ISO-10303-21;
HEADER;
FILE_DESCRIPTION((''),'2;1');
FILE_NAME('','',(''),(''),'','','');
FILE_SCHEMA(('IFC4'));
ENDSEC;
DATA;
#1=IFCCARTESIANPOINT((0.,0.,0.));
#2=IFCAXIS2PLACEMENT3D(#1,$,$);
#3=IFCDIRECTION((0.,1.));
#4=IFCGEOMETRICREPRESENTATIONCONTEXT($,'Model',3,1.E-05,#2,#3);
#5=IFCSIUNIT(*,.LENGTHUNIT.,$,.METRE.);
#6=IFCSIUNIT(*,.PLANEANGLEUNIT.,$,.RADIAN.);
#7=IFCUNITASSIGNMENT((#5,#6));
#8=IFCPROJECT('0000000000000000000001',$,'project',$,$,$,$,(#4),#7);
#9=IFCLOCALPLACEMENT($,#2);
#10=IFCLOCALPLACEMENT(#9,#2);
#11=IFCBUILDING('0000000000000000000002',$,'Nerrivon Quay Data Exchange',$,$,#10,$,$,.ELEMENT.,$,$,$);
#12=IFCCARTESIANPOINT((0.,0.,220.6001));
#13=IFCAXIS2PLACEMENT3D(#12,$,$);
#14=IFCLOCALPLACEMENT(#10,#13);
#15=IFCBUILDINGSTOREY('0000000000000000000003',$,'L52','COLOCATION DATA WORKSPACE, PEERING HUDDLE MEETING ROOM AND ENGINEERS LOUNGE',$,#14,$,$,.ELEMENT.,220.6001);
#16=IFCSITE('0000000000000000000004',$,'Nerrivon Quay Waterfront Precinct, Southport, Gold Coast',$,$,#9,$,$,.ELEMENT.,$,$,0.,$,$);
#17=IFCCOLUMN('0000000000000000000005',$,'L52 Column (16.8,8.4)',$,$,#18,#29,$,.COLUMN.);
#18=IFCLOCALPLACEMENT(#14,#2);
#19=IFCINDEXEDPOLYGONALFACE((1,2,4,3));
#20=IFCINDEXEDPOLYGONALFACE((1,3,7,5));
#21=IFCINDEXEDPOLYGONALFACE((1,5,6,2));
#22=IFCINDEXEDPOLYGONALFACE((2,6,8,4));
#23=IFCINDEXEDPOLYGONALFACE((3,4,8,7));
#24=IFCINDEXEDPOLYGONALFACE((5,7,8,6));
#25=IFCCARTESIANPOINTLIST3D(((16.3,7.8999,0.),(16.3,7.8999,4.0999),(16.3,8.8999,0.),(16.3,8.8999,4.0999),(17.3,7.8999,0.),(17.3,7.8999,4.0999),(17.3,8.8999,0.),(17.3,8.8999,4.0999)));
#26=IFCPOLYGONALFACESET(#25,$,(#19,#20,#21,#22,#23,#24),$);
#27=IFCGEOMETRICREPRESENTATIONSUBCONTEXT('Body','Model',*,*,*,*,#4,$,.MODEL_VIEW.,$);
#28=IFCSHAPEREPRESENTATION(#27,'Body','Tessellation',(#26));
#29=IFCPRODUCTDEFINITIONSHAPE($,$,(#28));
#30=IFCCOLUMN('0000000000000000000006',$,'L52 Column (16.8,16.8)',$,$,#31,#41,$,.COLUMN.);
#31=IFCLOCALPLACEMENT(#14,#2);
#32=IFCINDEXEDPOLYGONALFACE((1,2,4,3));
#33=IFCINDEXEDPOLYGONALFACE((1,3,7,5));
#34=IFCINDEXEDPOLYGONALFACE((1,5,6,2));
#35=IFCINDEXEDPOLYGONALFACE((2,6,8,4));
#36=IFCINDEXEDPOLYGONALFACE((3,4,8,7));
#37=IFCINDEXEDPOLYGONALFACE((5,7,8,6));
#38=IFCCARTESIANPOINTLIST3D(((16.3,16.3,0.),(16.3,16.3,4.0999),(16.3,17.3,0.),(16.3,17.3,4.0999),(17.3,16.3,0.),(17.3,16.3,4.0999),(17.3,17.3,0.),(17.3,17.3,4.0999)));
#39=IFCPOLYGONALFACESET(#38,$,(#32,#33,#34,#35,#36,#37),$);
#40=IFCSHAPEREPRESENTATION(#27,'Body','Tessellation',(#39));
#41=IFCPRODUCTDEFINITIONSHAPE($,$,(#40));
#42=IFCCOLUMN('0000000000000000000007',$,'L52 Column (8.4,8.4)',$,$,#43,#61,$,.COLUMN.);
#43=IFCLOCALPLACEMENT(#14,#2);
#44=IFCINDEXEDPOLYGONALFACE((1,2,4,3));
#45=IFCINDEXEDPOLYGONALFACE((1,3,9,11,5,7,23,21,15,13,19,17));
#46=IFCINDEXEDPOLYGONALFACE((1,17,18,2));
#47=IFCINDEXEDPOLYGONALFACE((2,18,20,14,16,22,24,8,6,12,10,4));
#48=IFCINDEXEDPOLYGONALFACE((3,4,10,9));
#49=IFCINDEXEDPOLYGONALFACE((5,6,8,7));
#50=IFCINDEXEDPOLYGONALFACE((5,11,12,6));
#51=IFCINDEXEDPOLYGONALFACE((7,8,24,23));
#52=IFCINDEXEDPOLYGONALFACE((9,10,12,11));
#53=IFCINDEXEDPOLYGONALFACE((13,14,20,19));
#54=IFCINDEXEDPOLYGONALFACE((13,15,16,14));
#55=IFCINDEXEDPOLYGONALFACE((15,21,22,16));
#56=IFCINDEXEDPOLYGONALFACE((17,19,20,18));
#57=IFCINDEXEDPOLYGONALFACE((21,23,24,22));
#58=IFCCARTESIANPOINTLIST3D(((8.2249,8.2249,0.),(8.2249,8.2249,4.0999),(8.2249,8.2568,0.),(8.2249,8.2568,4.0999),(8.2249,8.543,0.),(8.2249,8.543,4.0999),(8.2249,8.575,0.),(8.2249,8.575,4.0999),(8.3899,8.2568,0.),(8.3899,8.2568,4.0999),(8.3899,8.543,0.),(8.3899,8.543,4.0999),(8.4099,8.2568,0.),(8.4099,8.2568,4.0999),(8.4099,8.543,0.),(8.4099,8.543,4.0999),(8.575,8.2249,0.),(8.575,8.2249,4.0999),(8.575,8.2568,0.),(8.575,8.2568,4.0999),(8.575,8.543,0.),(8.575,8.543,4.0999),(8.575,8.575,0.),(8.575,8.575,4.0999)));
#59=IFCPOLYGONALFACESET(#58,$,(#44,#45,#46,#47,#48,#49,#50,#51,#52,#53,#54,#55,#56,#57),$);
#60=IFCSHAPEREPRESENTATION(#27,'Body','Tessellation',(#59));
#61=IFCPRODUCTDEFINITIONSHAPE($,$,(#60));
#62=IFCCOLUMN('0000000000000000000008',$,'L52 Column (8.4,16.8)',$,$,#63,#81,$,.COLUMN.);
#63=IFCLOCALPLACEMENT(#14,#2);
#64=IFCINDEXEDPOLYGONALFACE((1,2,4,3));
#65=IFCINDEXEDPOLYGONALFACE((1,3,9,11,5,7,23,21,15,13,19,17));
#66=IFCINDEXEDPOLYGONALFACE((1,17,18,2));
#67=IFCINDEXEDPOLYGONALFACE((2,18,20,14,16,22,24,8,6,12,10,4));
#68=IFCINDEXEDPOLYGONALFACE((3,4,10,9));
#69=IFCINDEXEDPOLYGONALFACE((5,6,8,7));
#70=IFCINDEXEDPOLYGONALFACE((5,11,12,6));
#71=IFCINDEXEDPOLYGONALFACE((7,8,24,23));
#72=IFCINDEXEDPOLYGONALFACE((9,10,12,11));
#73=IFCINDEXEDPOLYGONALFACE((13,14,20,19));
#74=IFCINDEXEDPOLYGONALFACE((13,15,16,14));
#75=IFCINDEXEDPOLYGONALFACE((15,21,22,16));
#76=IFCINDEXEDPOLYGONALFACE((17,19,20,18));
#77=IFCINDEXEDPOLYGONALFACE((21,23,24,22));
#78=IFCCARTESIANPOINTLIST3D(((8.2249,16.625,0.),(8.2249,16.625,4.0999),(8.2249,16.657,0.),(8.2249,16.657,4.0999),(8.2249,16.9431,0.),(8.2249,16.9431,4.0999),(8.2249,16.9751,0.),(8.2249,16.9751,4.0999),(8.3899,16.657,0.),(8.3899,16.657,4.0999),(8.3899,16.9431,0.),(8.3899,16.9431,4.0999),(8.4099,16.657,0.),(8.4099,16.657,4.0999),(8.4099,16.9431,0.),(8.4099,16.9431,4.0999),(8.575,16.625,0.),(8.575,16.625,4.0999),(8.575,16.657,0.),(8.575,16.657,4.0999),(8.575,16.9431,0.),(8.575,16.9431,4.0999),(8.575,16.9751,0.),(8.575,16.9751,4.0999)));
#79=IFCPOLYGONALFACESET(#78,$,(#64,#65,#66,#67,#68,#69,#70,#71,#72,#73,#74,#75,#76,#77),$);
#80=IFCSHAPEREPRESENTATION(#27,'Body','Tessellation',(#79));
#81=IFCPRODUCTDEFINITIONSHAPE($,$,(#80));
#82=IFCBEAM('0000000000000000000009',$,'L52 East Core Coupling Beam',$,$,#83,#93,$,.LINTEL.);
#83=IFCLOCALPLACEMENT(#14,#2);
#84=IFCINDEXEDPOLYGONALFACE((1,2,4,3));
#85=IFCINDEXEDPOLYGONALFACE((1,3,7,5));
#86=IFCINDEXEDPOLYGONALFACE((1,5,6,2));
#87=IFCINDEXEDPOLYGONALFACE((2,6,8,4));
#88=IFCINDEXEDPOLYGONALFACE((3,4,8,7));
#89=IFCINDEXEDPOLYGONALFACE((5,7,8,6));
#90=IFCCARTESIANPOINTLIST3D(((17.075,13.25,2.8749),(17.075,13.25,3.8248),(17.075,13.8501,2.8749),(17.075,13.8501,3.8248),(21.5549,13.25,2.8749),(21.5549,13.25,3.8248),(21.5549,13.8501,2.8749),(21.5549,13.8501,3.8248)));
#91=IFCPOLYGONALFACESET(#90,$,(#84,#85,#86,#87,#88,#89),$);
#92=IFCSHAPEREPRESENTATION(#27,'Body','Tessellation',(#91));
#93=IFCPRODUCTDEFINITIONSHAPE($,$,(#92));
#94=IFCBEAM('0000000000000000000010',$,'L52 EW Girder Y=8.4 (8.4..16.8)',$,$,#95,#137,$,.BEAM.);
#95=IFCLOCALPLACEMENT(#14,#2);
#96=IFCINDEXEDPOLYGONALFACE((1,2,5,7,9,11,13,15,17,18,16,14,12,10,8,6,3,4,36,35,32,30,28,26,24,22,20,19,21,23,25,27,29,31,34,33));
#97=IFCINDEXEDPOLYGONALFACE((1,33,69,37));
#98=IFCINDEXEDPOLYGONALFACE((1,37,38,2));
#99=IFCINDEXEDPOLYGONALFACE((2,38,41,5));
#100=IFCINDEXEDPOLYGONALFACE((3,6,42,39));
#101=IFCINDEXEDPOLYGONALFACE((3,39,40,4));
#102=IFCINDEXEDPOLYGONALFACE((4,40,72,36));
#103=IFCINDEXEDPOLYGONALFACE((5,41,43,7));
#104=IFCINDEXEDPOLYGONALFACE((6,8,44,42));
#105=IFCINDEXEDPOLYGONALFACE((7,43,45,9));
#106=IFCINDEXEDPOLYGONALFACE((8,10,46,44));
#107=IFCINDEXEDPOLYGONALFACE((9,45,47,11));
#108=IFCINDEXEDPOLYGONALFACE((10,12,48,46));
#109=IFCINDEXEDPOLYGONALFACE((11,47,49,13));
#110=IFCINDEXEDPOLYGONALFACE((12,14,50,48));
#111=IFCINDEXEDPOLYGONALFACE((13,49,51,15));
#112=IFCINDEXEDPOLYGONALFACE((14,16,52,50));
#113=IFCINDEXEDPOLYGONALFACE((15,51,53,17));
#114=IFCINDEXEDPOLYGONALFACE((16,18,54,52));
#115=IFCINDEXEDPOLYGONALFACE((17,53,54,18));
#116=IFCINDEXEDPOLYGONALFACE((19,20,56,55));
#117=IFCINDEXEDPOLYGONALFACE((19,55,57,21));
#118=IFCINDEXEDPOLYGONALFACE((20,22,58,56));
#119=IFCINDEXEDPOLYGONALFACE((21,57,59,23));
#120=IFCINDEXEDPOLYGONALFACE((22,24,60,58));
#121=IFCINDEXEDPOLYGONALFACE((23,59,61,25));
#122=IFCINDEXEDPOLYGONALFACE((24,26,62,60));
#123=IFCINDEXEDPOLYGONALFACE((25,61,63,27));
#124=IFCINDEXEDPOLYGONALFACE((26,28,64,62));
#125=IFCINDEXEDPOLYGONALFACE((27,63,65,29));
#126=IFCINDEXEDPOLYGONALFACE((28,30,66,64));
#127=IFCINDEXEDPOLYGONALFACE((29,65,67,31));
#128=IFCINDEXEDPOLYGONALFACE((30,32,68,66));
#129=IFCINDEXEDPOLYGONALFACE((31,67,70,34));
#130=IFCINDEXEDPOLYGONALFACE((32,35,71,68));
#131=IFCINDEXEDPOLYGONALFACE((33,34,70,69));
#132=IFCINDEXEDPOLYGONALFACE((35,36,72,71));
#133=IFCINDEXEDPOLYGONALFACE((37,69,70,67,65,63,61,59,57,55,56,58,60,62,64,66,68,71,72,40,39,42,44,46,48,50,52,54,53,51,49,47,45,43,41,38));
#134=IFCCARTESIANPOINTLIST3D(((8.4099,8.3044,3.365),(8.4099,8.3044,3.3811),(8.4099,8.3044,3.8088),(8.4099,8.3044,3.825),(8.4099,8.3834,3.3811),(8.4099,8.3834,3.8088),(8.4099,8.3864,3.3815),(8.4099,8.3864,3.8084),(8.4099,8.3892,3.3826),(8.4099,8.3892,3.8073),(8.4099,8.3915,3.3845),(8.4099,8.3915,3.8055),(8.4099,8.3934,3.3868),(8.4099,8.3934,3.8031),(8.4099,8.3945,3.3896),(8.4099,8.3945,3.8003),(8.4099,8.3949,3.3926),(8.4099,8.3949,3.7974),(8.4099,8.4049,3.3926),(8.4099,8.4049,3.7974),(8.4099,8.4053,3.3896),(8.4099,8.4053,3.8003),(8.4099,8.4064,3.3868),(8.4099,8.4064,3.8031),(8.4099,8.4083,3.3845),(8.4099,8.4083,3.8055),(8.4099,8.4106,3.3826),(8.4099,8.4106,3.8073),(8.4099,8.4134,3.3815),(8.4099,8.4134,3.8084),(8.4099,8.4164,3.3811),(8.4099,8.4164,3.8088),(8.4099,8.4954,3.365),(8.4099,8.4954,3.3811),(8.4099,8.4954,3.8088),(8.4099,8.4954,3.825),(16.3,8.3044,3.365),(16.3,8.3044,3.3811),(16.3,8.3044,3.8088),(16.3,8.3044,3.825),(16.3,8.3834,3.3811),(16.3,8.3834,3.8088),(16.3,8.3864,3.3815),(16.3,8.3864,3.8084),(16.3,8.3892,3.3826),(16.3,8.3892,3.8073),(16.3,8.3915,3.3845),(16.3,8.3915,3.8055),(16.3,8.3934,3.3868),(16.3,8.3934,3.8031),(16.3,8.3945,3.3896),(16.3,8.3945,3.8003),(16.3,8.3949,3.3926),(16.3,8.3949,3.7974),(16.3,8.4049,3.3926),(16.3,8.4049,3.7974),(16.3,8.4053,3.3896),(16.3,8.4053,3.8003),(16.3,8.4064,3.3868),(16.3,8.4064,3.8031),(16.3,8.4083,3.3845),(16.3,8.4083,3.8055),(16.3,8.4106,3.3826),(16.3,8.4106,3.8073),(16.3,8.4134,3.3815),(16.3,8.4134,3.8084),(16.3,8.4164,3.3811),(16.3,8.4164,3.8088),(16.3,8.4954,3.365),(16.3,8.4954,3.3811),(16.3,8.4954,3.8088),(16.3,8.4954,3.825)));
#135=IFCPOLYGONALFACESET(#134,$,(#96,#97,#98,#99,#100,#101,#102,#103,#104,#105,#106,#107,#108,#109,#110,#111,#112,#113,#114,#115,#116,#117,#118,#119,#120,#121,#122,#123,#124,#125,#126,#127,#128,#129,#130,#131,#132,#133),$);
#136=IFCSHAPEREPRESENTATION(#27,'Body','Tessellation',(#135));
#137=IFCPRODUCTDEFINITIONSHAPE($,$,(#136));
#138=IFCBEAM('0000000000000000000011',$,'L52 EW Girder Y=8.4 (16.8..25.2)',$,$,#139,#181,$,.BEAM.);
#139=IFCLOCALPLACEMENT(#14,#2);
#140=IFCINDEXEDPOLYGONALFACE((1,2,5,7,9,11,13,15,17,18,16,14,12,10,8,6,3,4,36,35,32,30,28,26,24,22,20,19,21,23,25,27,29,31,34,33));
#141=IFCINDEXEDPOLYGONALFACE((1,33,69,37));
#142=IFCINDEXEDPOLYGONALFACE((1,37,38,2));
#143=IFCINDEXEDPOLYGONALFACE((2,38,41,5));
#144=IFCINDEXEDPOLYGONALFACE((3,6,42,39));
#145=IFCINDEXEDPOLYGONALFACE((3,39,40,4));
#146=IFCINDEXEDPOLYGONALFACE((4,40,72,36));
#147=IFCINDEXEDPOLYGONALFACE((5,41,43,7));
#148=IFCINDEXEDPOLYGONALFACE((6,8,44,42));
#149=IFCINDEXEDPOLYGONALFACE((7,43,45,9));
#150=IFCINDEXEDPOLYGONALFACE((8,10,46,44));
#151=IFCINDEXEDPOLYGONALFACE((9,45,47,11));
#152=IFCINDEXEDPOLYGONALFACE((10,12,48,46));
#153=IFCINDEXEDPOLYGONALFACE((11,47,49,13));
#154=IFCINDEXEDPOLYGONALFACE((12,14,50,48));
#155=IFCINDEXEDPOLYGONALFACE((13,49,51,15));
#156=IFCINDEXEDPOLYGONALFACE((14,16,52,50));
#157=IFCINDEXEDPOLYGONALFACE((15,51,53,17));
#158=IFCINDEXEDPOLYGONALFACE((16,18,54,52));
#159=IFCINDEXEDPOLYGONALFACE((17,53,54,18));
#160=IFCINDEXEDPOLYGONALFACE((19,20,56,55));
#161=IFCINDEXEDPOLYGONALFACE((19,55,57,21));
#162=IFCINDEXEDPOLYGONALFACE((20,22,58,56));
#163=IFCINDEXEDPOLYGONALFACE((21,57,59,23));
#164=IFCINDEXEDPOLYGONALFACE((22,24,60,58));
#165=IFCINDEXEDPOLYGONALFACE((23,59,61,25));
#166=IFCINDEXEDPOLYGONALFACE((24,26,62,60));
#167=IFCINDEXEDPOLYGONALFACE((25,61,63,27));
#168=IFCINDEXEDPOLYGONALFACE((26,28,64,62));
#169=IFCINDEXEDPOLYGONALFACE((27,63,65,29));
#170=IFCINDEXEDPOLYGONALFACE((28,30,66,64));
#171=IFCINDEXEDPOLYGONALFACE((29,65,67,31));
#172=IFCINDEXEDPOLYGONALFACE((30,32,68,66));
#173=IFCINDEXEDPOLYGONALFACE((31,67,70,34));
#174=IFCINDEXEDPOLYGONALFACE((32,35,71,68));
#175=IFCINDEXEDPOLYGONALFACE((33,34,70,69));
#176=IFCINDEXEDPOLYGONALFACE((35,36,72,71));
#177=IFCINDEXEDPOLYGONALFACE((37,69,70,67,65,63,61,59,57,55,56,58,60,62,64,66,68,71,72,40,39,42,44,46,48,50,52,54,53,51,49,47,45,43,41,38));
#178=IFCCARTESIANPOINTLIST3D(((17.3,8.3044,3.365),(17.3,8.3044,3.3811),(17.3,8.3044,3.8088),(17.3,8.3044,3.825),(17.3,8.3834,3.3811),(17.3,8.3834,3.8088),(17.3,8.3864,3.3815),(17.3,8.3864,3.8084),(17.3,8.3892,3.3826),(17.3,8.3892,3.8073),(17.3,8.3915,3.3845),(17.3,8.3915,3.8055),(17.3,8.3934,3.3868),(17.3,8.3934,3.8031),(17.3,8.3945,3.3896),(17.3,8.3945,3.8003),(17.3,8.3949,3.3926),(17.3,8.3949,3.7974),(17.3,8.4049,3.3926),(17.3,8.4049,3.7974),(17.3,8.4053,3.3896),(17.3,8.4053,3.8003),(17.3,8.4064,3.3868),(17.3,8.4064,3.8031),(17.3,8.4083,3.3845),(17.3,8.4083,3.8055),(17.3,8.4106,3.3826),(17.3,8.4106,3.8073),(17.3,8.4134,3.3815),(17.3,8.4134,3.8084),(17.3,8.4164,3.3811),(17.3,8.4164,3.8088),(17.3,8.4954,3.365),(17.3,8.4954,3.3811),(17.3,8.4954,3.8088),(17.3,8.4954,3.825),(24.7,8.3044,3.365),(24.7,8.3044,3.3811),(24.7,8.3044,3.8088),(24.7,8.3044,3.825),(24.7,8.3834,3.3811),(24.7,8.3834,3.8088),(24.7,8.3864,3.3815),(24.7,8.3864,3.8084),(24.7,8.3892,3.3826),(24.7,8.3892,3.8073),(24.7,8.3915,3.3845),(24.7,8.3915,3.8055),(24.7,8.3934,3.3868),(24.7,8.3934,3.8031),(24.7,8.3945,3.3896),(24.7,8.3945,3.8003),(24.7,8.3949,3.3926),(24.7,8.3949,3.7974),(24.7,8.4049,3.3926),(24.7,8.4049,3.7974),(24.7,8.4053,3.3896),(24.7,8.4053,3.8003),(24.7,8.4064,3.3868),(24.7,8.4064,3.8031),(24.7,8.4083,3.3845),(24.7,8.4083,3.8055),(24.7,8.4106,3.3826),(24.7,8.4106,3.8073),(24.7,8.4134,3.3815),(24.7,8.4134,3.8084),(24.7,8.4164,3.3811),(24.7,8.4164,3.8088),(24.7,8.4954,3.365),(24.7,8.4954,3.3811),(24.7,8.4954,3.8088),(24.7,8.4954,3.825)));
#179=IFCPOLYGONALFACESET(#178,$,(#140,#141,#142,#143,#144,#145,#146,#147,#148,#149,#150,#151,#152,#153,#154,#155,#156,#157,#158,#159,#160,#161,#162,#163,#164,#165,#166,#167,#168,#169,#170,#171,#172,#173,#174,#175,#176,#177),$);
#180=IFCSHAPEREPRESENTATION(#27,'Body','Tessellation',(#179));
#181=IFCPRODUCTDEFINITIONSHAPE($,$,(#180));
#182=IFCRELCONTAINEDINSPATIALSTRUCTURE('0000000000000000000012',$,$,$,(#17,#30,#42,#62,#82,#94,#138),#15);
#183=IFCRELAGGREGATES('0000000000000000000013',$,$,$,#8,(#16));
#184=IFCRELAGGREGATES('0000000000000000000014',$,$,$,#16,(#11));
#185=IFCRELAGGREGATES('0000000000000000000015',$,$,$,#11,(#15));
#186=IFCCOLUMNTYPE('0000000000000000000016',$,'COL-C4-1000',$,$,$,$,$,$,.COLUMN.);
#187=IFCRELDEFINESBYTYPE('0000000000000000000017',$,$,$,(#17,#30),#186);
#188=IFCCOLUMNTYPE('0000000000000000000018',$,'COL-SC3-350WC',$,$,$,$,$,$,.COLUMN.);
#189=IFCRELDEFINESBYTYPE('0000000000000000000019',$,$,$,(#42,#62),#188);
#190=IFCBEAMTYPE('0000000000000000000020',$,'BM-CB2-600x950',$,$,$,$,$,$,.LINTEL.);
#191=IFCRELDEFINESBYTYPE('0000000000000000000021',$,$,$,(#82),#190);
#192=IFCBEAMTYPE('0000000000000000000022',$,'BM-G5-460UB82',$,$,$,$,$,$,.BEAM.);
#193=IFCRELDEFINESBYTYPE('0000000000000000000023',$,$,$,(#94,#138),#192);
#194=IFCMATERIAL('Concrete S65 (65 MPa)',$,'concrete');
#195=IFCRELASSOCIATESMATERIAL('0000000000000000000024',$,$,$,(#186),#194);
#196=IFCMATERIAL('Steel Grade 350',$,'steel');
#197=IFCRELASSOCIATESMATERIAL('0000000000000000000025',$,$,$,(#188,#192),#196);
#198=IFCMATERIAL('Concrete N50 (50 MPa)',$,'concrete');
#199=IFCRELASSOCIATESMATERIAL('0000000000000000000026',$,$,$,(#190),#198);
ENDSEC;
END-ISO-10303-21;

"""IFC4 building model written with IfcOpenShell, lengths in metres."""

from ifc_helpers import new_model, si_unit, direction, frame, origin, origin_2d, place, context, subcontext, project, spatial, rectangle, i_section, extrude, material, material_profile, profile_set, type_object, element, save


model = new_model("IFC4")

# Units and contexts
model_context = context("Model", 3, precision=1e-05, world=origin(), true_north=direction((0.0, 1.0)))
body_context = subcontext(model_context, "Body", "Model", "MODEL_VIEW")
ifc_project = project(units=[si_unit("LENGTHUNIT", "METRE"), si_unit("PLANEANGLEUNIT", "RADIAN")], contexts=[model_context])

# Site, building, storey
site_placement = place(None, origin())
site = spatial("IfcSite", under=ifc_project, at=site_placement, Name="Nerrivon Quay Waterfront Precinct, Southport, Gold Coast", CompositionType="ELEMENT", RefElevation=0.0)
building_placement = place(site_placement, origin())
building = spatial("IfcBuilding", under=site, at=building_placement, Name="Nerrivon Quay Data Exchange", CompositionType="ELEMENT")
storey_placement = place(building_placement, frame((0.0, 0.0, 220.6001)))
storey = spatial("IfcBuildingStorey", under=building, at=storey_placement, Name="L52", Description="COLOCATION DATA WORKSPACE, PEERING HUDDLE MEETING ROOM AND ENGINEERS LOUNGE", CompositionType="ELEMENT", Elevation=220.6001)

# Columns
ifc_material_1 = material(Name="Concrete S65 (65 MPa)", Category="concrete")
ifc_material_profile_1 = material_profile(ifc_material_1, rectangle(XDim=1.0, YDim=1.0, at=origin_2d()), Name="RC-COL-1000x1000")
ifc_profile_set_1 = profile_set([ifc_material_profile_1], Name="Concrete S65 (65 MPa)")
column_type_1 = type_object("IfcColumnType", Name="COL-C4-1000", PredefinedType="COLUMN", material=ifc_profile_set_1)
for number, where, z_axis, x_axis, name in (
    (1, (16.8, 8.3999, 0.0), (0.0, 0.0, 1.0), (1.0, 0.0, 0.0), "L52 Column (16.8,8.4)"),
    (2, (16.8, 16.8, 0.0), (0.0, 0.0, 1.0), (1.0, 0.0, 0.0), "L52 Column (16.8,16.8)"),
):
    element("IfcColumn", number, at=place(storey_placement, frame(where, z_axis=z_axis, x_axis=x_axis)), inside=storey, type_object=column_type_1, Name=name, PredefinedType="COLUMN", context=body_context, shape_type="SweptSolid", body=[
        extrude(rectangle(XDim=1.0, YDim=1.0, at=origin_2d()), origin(), (0.0, 0.0, 1.0), 4.0999),
    ])
ifc_material_2 = material(Name="Steel Grade 350", Category="steel")
ifc_material_profile_2 = material_profile(ifc_material_2, i_section(OverallWidth=0.3501, OverallDepth=0.3501, WebThickness=0.02, FlangeThickness=0.032, at=origin_2d()), Name="350WC230")
ifc_profile_set_2 = profile_set([ifc_material_profile_2], Name="Steel Grade 350")
column_type_2 = type_object("IfcColumnType", Name="COL-SC3-350WC", PredefinedType="COLUMN", material=ifc_profile_set_2)
for number, where, z_axis, x_axis, name in (
    (3, (8.3999, 8.3999, 0.0), (0.0, 0.0, 1.0), (1.0, 0.0, 0.0), "L52 Column (8.4,8.4)"),
    (4, (8.3999, 16.8, 0.0), (0.0, 0.0, 1.0), (1.0, 0.0, 0.0), "L52 Column (8.4,16.8)"),
):
    element("IfcColumn", number, at=place(storey_placement, frame(where, z_axis=z_axis, x_axis=x_axis)), inside=storey, type_object=column_type_2, Name=name, PredefinedType="COLUMN", context=body_context, shape_type="SweptSolid", body=[
        extrude(i_section(OverallWidth=0.3501, OverallDepth=0.3501, WebThickness=0.02, FlangeThickness=0.032, at=origin_2d()), origin(), (0.0, 0.0, 1.0), 4.0999),
    ])

# Beams
ifc_material_3 = material(Name="Concrete N50 (50 MPa)", Category="concrete")
ifc_material_profile_3 = material_profile(ifc_material_3, rectangle(XDim=0.6001, YDim=0.95, at=origin_2d()), Name="RC-CB-600x950")
ifc_profile_set_3 = profile_set([ifc_material_profile_3], Name="Concrete N50 (50 MPa)")
beam_type_1 = type_object("IfcBeamType", Name="BM-CB2-600x950", PredefinedType="LINTEL", material=ifc_profile_set_3)
beam_1_placement = place(storey_placement, frame((17.075, 13.55, 3.3499), z_axis=(1.0, 0.0, 0.0), x_axis=(0.0, 1.0, 0.0)))
element("IfcBeam", 5, at=beam_1_placement, inside=storey, type_object=beam_type_1, Name="L52 East Core Coupling Beam", PredefinedType="LINTEL", context=body_context, shape_type="SweptSolid", body=[
    extrude(rectangle(XDim=0.6001, YDim=0.95, at=origin_2d()), origin(), (0.0, 0.0, 1.0), 4.48),
])
ifc_material_profile_4 = material_profile(ifc_material_2, i_section(OverallWidth=0.1909, OverallDepth=0.46, WebThickness=0.01, FlangeThickness=0.0161, FilletRadius=0.0115, at=origin_2d()), Name="460UB82.1")
ifc_profile_set_4 = profile_set([ifc_material_profile_4], Name="Steel Grade 350")
beam_type_2 = type_object("IfcBeamType", Name="BM-G5-460UB82", PredefinedType="BEAM", material=ifc_profile_set_4)
beam_2_placement = place(storey_placement, frame((8.4099, 8.3999, 3.595), z_axis=(1.0, 0.0, 0.0), x_axis=(0.0, 1.0, 0.0)))
element("IfcBeam", 6, at=beam_2_placement, inside=storey, type_object=beam_type_2, Name="L52 EW Girder Y=8.4 (8.4..16.8)", PredefinedType="BEAM", context=body_context, shape_type="SweptSolid", body=[
    extrude(i_section(OverallWidth=0.1909, OverallDepth=0.46, WebThickness=0.01, FlangeThickness=0.0161, FilletRadius=0.0115, at=origin_2d()), origin(), (0.0, 0.0, 1.0), 7.8901),
])
beam_3_placement = place(storey_placement, frame((17.3, 8.3999, 3.595), z_axis=(1.0, 0.0, 0.0), x_axis=(0.0, 1.0, 0.0)))
element("IfcBeam", 7, at=beam_3_placement, inside=storey, type_object=beam_type_2, Name="L52 EW Girder Y=8.4 (16.8..25.2)", PredefinedType="BEAM", context=body_context, shape_type="SweptSolid", body=[
    extrude(i_section(OverallWidth=0.1909, OverallDepth=0.46, WebThickness=0.01, FlangeThickness=0.0161, FilletRadius=0.0115, at=origin_2d()), origin(), (0.0, 0.0, 1.0), 7.3999),
])

save(model, "model.ifc")
